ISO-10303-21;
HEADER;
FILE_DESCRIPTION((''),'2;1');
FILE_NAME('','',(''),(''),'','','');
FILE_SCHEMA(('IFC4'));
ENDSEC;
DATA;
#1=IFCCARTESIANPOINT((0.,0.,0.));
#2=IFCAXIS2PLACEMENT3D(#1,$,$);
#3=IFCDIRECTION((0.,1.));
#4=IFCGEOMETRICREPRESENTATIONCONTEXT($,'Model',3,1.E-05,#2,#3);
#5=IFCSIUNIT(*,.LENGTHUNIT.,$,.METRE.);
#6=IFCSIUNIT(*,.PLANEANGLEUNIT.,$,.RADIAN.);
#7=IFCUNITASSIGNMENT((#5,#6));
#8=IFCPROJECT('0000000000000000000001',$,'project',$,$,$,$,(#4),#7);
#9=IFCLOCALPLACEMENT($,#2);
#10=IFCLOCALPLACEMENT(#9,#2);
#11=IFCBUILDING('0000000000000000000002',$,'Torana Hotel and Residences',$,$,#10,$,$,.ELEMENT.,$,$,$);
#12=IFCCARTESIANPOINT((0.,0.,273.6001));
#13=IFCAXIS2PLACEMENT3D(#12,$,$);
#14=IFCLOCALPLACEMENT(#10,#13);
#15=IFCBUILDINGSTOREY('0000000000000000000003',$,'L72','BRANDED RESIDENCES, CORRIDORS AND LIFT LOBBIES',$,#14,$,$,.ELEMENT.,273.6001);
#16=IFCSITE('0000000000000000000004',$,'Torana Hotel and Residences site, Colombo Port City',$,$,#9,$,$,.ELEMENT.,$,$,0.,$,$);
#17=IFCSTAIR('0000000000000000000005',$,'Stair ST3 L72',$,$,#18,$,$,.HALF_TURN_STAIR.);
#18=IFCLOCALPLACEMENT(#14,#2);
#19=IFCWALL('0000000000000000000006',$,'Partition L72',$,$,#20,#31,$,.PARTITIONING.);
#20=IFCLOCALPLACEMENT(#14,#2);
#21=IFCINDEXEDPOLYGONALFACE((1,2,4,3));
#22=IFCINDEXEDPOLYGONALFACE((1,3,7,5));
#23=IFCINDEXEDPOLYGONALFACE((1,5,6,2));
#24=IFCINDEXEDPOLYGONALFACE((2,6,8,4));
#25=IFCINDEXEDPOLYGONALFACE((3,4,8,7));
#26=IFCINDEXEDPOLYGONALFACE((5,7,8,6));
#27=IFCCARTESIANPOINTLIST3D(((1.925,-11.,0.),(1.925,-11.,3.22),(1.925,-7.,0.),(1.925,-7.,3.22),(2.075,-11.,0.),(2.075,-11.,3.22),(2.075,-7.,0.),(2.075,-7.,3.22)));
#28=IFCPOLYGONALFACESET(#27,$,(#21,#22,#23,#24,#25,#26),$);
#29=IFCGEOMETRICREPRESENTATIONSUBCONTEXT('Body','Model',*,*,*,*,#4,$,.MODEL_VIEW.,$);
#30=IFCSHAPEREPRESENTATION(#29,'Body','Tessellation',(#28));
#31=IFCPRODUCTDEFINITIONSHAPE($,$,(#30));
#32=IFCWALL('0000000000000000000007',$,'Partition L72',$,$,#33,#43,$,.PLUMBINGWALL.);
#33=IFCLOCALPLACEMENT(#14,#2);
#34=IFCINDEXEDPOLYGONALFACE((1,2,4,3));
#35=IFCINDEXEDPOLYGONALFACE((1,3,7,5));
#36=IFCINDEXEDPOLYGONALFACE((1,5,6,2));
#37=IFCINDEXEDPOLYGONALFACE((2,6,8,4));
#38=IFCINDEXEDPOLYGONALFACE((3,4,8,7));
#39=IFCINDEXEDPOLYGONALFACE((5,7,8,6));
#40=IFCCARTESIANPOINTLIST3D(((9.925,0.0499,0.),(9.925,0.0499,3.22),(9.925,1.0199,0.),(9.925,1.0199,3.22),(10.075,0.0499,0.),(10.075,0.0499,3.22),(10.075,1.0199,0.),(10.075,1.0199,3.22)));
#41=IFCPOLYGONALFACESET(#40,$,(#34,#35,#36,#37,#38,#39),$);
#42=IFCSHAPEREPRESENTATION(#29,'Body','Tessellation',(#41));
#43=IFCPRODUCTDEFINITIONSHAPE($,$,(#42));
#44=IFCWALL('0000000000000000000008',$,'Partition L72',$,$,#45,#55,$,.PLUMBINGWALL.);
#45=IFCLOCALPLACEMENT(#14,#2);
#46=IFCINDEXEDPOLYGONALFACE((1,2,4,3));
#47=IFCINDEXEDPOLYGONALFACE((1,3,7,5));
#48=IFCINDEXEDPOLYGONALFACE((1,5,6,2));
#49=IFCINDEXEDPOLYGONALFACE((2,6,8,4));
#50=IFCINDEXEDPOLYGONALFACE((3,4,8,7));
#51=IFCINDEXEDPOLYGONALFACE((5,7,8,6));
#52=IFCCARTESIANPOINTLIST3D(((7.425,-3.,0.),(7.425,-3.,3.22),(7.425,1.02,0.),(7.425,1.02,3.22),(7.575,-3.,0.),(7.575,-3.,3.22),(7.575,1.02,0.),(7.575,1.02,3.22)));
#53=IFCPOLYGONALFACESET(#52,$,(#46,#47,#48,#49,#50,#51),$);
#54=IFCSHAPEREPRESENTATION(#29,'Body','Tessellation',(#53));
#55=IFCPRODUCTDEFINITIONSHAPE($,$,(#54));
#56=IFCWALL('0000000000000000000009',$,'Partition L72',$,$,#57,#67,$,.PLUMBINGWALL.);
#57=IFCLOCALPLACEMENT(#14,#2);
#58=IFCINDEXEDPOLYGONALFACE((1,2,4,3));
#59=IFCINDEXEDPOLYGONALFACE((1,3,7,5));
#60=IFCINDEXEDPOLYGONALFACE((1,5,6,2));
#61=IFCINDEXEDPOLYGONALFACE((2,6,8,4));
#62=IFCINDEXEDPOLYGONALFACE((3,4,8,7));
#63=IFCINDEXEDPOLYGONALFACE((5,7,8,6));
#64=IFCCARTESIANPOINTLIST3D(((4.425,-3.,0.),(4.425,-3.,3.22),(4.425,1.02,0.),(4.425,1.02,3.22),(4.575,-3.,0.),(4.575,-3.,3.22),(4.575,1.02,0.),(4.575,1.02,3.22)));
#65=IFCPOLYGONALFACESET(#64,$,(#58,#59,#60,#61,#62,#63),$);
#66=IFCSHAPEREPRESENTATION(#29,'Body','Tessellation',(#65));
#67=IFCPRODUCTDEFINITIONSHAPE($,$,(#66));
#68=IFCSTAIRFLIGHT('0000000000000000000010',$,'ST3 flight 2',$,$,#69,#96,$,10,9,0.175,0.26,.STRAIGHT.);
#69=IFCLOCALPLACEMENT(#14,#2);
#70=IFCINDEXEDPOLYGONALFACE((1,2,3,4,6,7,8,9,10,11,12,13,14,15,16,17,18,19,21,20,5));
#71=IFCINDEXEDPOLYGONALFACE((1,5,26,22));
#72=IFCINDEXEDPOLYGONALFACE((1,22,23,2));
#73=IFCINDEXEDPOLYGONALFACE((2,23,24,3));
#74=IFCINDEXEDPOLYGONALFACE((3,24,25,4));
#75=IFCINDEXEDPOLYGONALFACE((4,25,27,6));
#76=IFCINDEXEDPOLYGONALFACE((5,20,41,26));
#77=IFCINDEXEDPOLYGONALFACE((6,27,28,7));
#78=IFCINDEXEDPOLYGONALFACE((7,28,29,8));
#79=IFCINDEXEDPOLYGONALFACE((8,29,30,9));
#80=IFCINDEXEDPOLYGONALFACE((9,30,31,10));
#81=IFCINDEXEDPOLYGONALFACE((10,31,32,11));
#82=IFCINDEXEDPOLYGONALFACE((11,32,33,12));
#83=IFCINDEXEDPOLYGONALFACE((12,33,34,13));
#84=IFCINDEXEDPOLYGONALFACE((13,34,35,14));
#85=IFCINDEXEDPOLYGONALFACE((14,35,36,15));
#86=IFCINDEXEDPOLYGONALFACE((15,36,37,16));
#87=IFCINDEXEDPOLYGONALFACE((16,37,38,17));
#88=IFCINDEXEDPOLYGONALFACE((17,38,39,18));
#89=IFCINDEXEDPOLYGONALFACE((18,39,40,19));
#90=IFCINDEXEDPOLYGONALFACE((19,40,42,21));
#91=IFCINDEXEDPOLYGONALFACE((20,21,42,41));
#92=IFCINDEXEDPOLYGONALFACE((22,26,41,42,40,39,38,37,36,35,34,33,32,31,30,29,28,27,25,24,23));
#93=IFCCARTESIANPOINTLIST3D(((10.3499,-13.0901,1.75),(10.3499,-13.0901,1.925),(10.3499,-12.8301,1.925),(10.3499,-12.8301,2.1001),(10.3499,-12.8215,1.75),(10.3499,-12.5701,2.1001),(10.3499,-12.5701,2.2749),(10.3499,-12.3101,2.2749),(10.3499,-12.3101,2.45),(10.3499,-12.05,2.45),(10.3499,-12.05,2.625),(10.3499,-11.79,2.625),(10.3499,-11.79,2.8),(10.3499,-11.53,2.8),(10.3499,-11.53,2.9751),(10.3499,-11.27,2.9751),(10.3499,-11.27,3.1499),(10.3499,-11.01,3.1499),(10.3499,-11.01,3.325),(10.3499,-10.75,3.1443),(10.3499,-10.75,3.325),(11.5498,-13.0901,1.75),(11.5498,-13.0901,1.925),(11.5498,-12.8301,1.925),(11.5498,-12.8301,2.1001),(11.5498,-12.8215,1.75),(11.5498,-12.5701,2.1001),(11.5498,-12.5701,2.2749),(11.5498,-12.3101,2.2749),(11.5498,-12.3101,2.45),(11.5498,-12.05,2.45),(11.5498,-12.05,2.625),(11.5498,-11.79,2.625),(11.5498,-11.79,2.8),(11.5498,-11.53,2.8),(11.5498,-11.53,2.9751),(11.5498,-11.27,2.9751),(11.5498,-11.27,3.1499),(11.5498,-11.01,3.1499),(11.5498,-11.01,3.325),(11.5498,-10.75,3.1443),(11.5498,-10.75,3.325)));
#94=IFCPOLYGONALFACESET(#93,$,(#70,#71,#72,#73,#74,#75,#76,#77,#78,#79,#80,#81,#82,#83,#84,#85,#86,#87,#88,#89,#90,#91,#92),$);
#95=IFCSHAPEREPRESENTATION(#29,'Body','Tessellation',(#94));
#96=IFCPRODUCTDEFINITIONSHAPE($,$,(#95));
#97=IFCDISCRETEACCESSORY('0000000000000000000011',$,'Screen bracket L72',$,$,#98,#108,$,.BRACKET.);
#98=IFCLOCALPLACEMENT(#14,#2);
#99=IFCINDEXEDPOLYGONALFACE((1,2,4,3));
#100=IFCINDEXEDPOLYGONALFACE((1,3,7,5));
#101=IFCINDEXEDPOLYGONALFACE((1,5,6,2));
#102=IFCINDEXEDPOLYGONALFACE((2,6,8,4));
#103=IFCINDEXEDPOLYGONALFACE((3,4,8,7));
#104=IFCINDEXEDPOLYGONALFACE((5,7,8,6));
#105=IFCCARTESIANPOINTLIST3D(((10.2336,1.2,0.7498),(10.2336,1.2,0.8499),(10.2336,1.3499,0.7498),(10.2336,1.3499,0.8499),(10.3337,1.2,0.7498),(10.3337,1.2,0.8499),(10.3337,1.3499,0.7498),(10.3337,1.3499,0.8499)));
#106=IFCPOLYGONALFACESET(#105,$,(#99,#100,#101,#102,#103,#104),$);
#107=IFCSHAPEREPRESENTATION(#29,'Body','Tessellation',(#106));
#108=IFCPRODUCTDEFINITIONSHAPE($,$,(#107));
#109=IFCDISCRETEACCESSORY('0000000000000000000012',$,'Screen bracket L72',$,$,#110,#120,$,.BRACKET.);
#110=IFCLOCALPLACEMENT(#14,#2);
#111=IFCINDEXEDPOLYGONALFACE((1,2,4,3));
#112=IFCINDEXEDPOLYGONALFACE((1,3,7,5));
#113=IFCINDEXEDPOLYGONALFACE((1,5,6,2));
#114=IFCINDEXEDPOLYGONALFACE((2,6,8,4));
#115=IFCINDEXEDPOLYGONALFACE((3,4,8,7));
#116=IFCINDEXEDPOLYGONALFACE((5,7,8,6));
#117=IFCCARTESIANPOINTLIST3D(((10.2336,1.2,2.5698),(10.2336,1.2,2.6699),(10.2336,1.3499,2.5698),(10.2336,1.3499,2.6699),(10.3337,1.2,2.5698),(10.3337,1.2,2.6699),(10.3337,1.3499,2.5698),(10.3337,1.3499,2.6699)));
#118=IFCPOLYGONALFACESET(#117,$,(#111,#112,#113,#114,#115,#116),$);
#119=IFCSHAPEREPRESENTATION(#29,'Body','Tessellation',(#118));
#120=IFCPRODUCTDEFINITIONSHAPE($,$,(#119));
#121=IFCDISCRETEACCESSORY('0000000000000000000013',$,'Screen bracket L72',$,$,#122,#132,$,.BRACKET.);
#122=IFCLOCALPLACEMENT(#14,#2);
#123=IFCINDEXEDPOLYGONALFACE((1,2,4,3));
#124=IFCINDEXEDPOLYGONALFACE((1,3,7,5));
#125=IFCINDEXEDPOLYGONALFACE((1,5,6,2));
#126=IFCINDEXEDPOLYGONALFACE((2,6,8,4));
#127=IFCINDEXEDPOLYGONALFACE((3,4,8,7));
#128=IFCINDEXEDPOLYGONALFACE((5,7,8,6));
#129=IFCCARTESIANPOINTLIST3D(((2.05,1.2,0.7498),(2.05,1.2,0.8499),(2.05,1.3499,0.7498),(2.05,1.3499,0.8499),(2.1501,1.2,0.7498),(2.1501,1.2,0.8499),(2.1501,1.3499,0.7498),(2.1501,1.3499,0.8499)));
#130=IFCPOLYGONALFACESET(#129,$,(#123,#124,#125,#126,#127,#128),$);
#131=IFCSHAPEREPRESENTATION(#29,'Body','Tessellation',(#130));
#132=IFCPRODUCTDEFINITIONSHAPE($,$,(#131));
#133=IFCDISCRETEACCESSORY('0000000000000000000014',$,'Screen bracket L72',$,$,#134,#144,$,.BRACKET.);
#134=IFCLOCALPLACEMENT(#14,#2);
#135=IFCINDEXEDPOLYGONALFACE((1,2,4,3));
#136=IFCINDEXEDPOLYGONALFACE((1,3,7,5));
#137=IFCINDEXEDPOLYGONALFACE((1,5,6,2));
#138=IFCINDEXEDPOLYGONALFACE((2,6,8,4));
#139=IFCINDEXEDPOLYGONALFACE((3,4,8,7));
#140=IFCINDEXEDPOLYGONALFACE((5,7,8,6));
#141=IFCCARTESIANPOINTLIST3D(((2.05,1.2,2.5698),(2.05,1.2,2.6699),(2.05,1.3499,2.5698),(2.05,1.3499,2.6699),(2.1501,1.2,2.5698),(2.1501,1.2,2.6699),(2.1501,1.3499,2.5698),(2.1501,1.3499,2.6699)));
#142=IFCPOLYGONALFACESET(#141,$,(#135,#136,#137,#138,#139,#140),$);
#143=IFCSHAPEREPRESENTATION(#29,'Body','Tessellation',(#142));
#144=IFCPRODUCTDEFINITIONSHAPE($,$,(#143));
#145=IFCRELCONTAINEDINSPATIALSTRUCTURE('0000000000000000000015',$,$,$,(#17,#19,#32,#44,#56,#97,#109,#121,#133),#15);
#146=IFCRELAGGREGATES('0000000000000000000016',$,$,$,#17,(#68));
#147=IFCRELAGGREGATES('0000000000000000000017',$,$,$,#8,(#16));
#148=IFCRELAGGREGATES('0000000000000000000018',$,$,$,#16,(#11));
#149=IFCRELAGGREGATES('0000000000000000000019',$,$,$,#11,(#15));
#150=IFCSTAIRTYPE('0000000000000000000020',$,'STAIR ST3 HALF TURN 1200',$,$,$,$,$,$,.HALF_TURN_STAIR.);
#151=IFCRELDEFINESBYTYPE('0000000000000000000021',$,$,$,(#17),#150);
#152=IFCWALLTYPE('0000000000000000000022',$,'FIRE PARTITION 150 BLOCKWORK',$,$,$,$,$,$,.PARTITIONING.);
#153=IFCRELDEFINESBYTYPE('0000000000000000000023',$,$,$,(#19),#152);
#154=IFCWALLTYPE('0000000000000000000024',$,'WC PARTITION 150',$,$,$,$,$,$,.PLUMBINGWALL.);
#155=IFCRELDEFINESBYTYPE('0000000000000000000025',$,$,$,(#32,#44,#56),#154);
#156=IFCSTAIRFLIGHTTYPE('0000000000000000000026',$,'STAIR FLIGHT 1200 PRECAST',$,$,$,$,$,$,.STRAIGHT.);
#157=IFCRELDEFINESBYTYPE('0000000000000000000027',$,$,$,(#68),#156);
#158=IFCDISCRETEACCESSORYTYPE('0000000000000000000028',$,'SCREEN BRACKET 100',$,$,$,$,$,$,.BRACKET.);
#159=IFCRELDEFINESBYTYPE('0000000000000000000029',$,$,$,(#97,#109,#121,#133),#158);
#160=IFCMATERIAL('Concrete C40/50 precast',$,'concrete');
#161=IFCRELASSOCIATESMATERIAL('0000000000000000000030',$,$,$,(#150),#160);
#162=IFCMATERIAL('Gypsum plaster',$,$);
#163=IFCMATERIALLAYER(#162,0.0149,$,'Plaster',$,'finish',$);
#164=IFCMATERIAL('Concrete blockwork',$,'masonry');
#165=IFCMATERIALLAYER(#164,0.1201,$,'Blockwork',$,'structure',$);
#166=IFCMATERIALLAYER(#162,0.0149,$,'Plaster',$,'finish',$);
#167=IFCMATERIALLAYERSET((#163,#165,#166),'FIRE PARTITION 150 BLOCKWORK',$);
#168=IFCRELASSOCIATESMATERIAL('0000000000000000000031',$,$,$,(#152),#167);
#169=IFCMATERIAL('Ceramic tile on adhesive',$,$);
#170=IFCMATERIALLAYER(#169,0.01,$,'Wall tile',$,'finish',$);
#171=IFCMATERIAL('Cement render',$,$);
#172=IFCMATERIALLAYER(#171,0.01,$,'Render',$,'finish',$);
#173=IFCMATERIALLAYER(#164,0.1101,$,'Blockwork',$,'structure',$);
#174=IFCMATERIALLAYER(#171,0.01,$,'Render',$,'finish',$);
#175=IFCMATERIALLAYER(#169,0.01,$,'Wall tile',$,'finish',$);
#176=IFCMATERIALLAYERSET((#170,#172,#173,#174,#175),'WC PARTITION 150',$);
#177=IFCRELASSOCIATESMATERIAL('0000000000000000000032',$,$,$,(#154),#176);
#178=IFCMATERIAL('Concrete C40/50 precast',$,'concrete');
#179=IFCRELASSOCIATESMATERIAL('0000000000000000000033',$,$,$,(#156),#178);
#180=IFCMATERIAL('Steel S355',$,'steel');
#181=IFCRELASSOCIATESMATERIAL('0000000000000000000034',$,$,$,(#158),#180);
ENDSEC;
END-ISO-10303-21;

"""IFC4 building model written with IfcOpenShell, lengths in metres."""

from ifc_helpers import new_model, si_unit, direction, frame, frame_2d, origin, origin_2d, place, context, subcontext, project, spatial, polyline, rectangle, outline, extrude, material, layer, layer_set, type_object, element, aggregate, save


model = new_model("IFC4")

# Units and contexts
model_context = context("Model", 3, precision=1e-05, world=origin(), true_north=direction((0.0, 1.0)))
body_context = subcontext(model_context, "Body", "Model", "MODEL_VIEW")
ifc_project = project(units=[si_unit("LENGTHUNIT", "METRE"), si_unit("PLANEANGLEUNIT", "RADIAN")], contexts=[model_context])

# Site, building, storey
site_placement = place(None, origin())
site = spatial("IfcSite", under=ifc_project, at=site_placement, Name="Torana Hotel and Residences site, Colombo Port City", CompositionType="ELEMENT", RefElevation=0.0)
building_placement = place(site_placement, origin())
building = spatial("IfcBuilding", under=site, at=building_placement, Name="Torana Hotel and Residences", CompositionType="ELEMENT")
storey_placement = place(building_placement, frame((0.0, 0.0, 273.6001)))
storey = spatial("IfcBuildingStorey", under=building, at=storey_placement, Name="L72", Description="BRANDED RESIDENCES, CORRIDORS AND LIFT LOBBIES", CompositionType="ELEMENT", Elevation=273.6001)

# Stair
ifc_material_1 = material(Name="Concrete C40/50 precast", Category="concrete")
stair_type_1 = type_object("IfcStairType", Name="STAIR ST3 HALF TURN 1200", PredefinedType="HALF_TURN_STAIR", material=ifc_material_1)
stair_1_placement = place(storey_placement, origin())
stair_1 = element("IfcStair", 1, at=stair_1_placement, inside=storey, type_object=stair_type_1, Name="Stair ST3 L72", PredefinedType="HALF_TURN_STAIR")

# Walls
ifc_material_2 = material(Name="Gypsum plaster")
ifc_layer_1 = layer(ifc_material_2, 0.0149, Name="Plaster", Category="finish")
ifc_material_3 = material(Name="Concrete blockwork", Category="masonry")
ifc_layer_2 = layer(ifc_material_3, 0.1201, Name="Blockwork", Category="structure")
ifc_layer_3 = layer(ifc_material_2, 0.0149, Name="Plaster", Category="finish")
ifc_layer_set_1 = layer_set([ifc_layer_1, ifc_layer_2, ifc_layer_3], Name="FIRE PARTITION 150 BLOCKWORK")
wall_type_1 = type_object("IfcWallType", Name="FIRE PARTITION 150 BLOCKWORK", PredefinedType="PARTITIONING", material=ifc_layer_set_1)
wall_1_placement = place(storey_placement, frame((2.0, -11.0, 0.0), z_axis=(0.0, 0.0, 1.0), x_axis=(0.0, 1.0, 0.0)))
element("IfcWall", 2, at=wall_1_placement, inside=storey, type_object=wall_type_1, Name="Partition L72", PredefinedType="PARTITIONING", context=body_context, shape_type="SweptSolid", body=[
    extrude(rectangle(XDim=4.0, YDim=0.1499, at=frame_2d((2.0, 0.0))), origin(), (0.0, 0.0, 1.0), 3.22),
])
ifc_material_4 = material(Name="Ceramic tile on adhesive")
ifc_layer_4 = layer(ifc_material_4, 0.01, Name="Wall tile", Category="finish")
ifc_material_5 = material(Name="Cement render")
ifc_layer_5 = layer(ifc_material_5, 0.01, Name="Render", Category="finish")
ifc_layer_6 = layer(ifc_material_3, 0.1101, Name="Blockwork", Category="structure")
ifc_layer_7 = layer(ifc_material_5, 0.01, Name="Render", Category="finish")
ifc_layer_8 = layer(ifc_material_4, 0.01, Name="Wall tile", Category="finish")
ifc_layer_set_2 = layer_set([ifc_layer_4, ifc_layer_5, ifc_layer_6, ifc_layer_7, ifc_layer_8], Name="WC PARTITION 150")
wall_type_2 = type_object("IfcWallType", Name="WC PARTITION 150", PredefinedType="PLUMBINGWALL", material=ifc_layer_set_2)
wall_2_placement = place(storey_placement, frame((10.0, 0.05, 0.0), z_axis=(0.0, 0.0, 1.0), x_axis=(0.0, 1.0, 0.0)))
element("IfcWall", 3, at=wall_2_placement, inside=storey, type_object=wall_type_2, Name="Partition L72", PredefinedType="PLUMBINGWALL", context=body_context, shape_type="SweptSolid", body=[
    extrude(rectangle(XDim=0.97, YDim=0.1499, at=frame_2d((0.4849, 0.0))), origin(), (0.0, 0.0, 1.0), 3.22),
])
for number, where, z_axis, x_axis, name in (
    (4, (7.5, -3.0, 0.0), (0.0, 0.0, 1.0), (0.0, 1.0, 0.0), "Partition L72"),
    (5, (4.5, -3.0, 0.0), (0.0, 0.0, 1.0), (0.0, 1.0, 0.0), "Partition L72"),
):
    element("IfcWall", number, at=place(storey_placement, frame(where, z_axis=z_axis, x_axis=x_axis)), inside=storey, type_object=wall_type_2, Name=name, PredefinedType="PLUMBINGWALL", context=body_context, shape_type="SweptSolid", body=[
        extrude(rectangle(XDim=4.02, YDim=0.1499, at=frame_2d((2.01, 0.0))), origin(), (0.0, 0.0, 1.0), 3.22),
    ])

# Stair flight
ifc_material_6 = material(Name="Concrete C40/50 precast", Category="concrete")
stair_flight_type = type_object("IfcStairFlightType", Name="STAIR FLIGHT 1200 PRECAST", PredefinedType="STRAIGHT", material=ifc_material_6)
stair_flight_placement = place(storey_placement, frame((10.95, -13.0901, 1.75), z_axis=(0.0, 0.0, 1.0), x_axis=(0.0, 1.0, 0.0)))
stair_flight = element("IfcStairFlight", 6, at=stair_flight_placement, type_object=stair_flight_type, Name="ST3 flight 2", NumberOfRisers=10, NumberOfTreads=9, PredefinedType="STRAIGHT", RiserHeight=0.175, TreadLength=0.26, context=body_context, shape_type="SweptSolid", body=[
    extrude(outline(polyline([(0.0, 0.0), (0.0, 0.175), (0.26, 0.175), (0.26, 0.3501), (0.52, 0.3501), (0.52, 0.5249), (0.78, 0.5249), (0.78, 0.7), (1.04, 0.7), (1.04, 0.875), (1.3, 0.875), (1.3, 1.05), (1.5601, 1.05), (1.5601, 1.2251), (1.8201, 1.2251), (1.8201, 1.3999), (2.0801, 1.3999), (2.0801, 1.575), (2.3401, 1.575), (2.3401, 1.75), (2.3401, 1.3943), (0.2686, 0.0), (0.0, 0.0)])), frame((0.0, 0.6001, 0.0), z_axis=(0.0, -1.0, 0.0), x_axis=(1.0, 0.0, 0.0)), (0.0, 0.0, 1.0), 1.2),
])
aggregate(stair_1, [stair_flight])

# Discrete accessories
ifc_material_7 = material(Name="Steel S355", Category="steel")
discrete_accessory_type = type_object("IfcDiscreteAccessoryType", Name="SCREEN BRACKET 100", PredefinedType="BRACKET", material=ifc_material_7)
for number, where, z_axis, x_axis, name in (
    (7, (10.2837, 1.2749, 0.7498), (0.0, 0.0, 1.0), (-1.0, 0.0, 0.0), "Screen bracket L72"),
    (8, (10.2837, 1.2749, 2.5698), (0.0, 0.0, 1.0), (-1.0, 0.0, 0.0), "Screen bracket L72"),
    (9, (2.1001, 1.2749, 0.7498), (0.0, 0.0, 1.0), (-1.0, 0.0, 0.0), "Screen bracket L72"),
    (10, (2.1001, 1.2749, 2.5698), (0.0, 0.0, 1.0), (-1.0, 0.0, 0.0), "Screen bracket L72"),
):
    element("IfcDiscreteAccessory", number, at=place(storey_placement, frame(where, z_axis=z_axis, x_axis=x_axis)), inside=storey, type_object=discrete_accessory_type, Name=name, PredefinedType="BRACKET", context=body_context, shape_type="SweptSolid", body=[
        extrude(rectangle(XDim=0.1001, YDim=0.1499, at=origin_2d()), origin(), (0.0, 0.0, 1.0), 0.1001),
    ])

save(model, "model.ifc")
